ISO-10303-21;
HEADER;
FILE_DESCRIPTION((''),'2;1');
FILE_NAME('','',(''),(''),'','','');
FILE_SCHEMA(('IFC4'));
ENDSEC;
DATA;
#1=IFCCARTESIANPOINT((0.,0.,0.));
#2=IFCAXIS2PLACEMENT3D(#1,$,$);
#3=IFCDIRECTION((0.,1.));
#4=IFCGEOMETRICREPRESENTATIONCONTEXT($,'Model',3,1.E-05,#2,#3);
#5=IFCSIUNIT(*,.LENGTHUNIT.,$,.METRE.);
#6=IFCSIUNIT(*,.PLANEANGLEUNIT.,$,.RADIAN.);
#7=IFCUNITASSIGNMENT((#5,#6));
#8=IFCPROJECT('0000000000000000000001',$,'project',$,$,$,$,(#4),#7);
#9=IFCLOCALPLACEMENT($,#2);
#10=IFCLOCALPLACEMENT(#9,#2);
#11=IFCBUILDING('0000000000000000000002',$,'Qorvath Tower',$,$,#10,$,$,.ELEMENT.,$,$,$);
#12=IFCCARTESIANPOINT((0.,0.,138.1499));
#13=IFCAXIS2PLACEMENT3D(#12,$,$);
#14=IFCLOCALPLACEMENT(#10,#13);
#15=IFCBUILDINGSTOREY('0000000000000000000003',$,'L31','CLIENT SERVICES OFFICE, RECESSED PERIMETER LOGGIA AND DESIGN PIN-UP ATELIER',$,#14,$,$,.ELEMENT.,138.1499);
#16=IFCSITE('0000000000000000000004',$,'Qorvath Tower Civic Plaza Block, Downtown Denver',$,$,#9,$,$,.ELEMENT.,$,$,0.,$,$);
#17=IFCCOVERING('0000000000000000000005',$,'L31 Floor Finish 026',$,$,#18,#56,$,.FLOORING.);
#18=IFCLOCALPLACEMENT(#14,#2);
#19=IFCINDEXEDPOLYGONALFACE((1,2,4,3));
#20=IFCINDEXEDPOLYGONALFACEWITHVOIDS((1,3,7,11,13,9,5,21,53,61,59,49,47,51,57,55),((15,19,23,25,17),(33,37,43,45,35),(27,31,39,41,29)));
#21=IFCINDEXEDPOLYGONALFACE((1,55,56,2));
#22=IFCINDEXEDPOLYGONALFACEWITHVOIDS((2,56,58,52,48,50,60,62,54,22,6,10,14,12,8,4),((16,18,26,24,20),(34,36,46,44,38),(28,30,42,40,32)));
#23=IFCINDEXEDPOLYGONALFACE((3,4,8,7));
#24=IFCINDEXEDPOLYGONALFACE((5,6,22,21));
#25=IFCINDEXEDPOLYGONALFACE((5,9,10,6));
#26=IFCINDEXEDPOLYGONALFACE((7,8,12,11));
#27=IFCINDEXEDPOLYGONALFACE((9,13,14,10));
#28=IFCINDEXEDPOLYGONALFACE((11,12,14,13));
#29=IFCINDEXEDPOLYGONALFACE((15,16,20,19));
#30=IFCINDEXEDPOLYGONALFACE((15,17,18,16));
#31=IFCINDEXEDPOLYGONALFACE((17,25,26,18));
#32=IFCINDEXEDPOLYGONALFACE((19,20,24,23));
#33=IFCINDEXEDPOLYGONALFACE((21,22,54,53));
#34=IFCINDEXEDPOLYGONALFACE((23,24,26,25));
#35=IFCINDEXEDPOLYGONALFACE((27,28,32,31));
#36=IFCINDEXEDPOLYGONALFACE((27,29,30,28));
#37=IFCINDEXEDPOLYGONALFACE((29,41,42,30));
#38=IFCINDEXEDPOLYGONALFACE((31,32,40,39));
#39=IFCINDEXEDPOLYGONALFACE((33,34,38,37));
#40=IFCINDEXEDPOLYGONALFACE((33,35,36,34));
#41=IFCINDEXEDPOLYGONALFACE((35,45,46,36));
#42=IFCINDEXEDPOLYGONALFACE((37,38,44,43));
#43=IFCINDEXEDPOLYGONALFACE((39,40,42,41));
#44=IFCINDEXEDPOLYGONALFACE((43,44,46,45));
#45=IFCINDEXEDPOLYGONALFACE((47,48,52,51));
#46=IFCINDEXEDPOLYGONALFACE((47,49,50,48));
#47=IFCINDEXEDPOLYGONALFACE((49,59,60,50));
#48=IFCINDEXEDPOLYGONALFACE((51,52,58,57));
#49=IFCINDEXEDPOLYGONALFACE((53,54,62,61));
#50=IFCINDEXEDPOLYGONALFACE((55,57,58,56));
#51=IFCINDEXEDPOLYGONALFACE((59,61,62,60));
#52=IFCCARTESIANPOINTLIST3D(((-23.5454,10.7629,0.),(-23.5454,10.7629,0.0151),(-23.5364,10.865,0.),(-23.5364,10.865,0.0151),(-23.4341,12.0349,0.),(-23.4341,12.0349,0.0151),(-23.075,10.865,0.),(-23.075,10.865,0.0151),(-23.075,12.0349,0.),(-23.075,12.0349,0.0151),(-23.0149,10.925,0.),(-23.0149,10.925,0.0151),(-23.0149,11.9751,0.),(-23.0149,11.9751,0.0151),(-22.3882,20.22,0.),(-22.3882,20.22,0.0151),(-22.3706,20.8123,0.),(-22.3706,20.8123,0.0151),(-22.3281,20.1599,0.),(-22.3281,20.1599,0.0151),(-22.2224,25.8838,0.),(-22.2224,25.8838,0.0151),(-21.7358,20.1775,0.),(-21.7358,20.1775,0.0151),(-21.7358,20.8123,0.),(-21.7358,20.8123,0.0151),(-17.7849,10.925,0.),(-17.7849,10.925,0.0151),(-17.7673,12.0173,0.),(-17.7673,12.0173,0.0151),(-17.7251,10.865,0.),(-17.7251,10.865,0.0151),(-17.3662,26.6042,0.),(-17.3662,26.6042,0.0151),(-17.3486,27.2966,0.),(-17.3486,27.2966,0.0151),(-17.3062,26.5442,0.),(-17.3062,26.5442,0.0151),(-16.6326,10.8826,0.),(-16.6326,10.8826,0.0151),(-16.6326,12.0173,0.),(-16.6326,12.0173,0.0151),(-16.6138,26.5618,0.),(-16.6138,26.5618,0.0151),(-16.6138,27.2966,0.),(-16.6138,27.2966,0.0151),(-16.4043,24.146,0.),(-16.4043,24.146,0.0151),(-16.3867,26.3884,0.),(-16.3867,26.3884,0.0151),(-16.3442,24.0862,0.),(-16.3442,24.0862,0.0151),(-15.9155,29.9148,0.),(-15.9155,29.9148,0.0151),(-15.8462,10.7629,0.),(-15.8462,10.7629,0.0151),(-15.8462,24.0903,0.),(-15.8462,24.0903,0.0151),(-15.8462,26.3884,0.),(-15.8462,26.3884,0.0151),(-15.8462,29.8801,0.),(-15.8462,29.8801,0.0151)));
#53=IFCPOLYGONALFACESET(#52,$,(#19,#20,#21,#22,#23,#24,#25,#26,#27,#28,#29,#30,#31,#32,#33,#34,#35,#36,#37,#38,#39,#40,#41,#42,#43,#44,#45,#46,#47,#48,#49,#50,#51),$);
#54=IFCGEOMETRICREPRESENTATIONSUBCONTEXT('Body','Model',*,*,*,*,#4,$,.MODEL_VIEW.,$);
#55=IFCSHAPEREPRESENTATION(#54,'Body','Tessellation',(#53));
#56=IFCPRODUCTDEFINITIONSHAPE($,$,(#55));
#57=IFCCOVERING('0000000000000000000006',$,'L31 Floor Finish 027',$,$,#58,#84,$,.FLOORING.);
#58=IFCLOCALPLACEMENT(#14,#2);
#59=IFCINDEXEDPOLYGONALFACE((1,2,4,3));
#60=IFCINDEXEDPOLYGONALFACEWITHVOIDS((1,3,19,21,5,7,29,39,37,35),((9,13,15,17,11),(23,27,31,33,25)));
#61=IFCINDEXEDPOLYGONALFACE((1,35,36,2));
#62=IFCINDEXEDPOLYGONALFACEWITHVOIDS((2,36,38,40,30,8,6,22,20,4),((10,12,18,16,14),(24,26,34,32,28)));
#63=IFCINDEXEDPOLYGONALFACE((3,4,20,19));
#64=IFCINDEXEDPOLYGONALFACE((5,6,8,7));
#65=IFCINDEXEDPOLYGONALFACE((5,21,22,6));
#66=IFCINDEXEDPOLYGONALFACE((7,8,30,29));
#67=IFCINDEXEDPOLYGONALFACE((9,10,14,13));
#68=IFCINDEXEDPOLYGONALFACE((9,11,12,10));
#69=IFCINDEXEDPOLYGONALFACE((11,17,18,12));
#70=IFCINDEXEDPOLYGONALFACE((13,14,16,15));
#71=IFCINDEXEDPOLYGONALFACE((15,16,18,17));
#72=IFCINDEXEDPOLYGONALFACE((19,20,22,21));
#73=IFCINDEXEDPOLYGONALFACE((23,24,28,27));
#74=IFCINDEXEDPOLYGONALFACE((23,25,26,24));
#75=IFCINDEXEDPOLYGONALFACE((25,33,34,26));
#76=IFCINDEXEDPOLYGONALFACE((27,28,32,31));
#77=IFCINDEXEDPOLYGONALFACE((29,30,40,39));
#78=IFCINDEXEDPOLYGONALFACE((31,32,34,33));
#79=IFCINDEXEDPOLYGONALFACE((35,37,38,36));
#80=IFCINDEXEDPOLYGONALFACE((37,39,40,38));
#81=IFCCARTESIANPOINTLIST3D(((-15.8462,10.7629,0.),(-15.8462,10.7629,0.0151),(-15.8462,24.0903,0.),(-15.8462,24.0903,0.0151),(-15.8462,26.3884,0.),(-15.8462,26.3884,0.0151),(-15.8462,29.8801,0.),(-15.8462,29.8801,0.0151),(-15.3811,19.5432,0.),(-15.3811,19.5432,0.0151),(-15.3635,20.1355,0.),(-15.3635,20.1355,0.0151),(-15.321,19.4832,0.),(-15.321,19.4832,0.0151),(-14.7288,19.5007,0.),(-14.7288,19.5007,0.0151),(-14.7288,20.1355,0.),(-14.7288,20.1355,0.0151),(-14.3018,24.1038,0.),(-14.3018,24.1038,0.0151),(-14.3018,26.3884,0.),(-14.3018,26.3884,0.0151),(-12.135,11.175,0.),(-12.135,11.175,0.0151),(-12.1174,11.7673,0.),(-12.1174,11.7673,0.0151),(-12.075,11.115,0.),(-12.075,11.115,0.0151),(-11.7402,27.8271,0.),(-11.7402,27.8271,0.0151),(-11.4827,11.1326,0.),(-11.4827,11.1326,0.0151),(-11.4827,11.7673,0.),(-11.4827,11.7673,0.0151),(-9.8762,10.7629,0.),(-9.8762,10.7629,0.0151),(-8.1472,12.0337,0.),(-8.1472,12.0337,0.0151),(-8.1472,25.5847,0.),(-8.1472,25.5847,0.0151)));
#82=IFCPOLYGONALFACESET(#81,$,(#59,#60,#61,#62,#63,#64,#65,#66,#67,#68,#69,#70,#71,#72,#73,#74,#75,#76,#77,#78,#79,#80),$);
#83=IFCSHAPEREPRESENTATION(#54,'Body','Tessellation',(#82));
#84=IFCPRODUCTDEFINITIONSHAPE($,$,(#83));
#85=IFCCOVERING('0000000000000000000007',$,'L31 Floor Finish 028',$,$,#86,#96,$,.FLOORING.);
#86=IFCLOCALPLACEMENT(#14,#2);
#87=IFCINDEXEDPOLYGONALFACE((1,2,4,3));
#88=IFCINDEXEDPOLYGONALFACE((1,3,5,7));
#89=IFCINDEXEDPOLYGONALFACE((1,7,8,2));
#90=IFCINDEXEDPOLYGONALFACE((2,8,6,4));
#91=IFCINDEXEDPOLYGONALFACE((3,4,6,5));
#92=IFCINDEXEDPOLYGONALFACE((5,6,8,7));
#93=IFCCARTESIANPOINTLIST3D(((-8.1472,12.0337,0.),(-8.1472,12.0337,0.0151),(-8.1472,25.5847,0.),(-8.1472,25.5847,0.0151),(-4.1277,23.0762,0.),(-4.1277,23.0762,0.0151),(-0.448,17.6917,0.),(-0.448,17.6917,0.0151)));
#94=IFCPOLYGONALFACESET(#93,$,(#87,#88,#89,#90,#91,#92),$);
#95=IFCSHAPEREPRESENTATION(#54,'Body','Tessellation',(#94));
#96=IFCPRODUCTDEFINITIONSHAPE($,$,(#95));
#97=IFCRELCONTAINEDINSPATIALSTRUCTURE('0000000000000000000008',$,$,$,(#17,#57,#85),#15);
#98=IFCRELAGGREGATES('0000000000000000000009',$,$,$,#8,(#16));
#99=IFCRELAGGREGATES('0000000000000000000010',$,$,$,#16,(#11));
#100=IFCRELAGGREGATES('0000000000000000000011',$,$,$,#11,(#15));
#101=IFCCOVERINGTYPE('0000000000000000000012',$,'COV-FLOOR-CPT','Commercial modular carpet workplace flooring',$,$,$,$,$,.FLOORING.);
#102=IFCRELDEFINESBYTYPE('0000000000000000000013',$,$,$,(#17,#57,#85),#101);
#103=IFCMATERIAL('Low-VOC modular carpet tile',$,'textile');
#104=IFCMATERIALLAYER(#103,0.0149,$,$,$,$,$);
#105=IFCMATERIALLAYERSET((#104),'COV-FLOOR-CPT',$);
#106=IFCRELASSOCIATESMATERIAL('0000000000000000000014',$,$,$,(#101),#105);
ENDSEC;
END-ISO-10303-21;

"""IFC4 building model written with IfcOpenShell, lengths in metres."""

from ifc_helpers import new_model, si_unit, direction, frame, origin, place, context, subcontext, project, spatial, polyline, outline, extrude, material, layer, layer_set, type_object, element, save


model = new_model("IFC4")

# Units and contexts
model_context = context("Model", 3, precision=1e-05, world=origin(), true_north=direction((0.0, 1.0)))
body_context = subcontext(model_context, "Body", "Model", "MODEL_VIEW")
ifc_project = project(units=[si_unit("LENGTHUNIT", "METRE"), si_unit("PLANEANGLEUNIT", "RADIAN")], contexts=[model_context])

# Site, building, storey
site_placement = place(None, origin())
site = spatial("IfcSite", under=ifc_project, at=site_placement, Name="Qorvath Tower Civic Plaza Block, Downtown Denver", CompositionType="ELEMENT", RefElevation=0.0)
building_placement = place(site_placement, origin())
building = spatial("IfcBuilding", under=site, at=building_placement, Name="Qorvath Tower", CompositionType="ELEMENT")
storey_placement = place(building_placement, frame((0.0, 0.0, 138.1499)))
storey = spatial("IfcBuildingStorey", under=building, at=storey_placement, Name="L31", Description="CLIENT SERVICES OFFICE, RECESSED PERIMETER LOGGIA AND DESIGN PIN-UP ATELIER", CompositionType="ELEMENT", Elevation=138.1499)

# Coverings
ifc_material_1 = material(Name="Low-VOC modular carpet tile", Category="textile")
ifc_layer_1 = layer(ifc_material_1, 0.0149)
ifc_layer_set_1 = layer_set([ifc_layer_1], Name="COV-FLOOR-CPT")
covering_type_1 = type_object("IfcCoveringType", Name="COV-FLOOR-CPT", Description="Commercial modular carpet workplace flooring", PredefinedType="FLOORING", material=ifc_layer_set_1)
covering_1_placement = place(storey_placement, origin())
element("IfcCovering", 1, at=covering_1_placement, inside=storey, type_object=covering_type_1, Name="L31 Floor Finish 026", PredefinedType="FLOORING", context=body_context, shape_type="SweptSolid", body=[
    extrude(outline(polyline([(-15.9155, 29.9148), (-22.2224, 25.8838), (-23.4341, 12.0349), (-23.075, 12.0349), (-23.0149, 11.9751), (-23.0149, 10.925), (-23.075, 10.865), (-23.5364, 10.865), (-23.5454, 10.7629), (-15.8462, 10.7629), (-15.8462, 24.0903), (-16.3442, 24.0862), (-16.4043, 24.146), (-16.3867, 26.3884), (-15.8462, 26.3884), (-15.8462, 29.8801), (-15.9155, 29.9148)]), holes=[polyline([(-17.3662, 26.6042), (-17.3486, 27.2966), (-16.6138, 27.2966), (-16.6138, 26.5618), (-17.3062, 26.5442), (-17.3662, 26.6042)]), polyline([(-17.7849, 10.925), (-17.7673, 12.0173), (-16.6326, 12.0173), (-16.6326, 10.8826), (-17.7251, 10.865), (-17.7849, 10.925)]), polyline([(-22.3882, 20.22), (-22.3706, 20.8123), (-21.7358, 20.8123), (-21.7358, 20.1775), (-22.3281, 20.1599), (-22.3882, 20.22)])]), origin(), (0.0, 0.0, 1.0), 0.0151),
])
covering_2_placement = place(storey_placement, origin())
element("IfcCovering", 2, at=covering_2_placement, inside=storey, type_object=covering_type_1, Name="L31 Floor Finish 027", PredefinedType="FLOORING", context=body_context, shape_type="SweptSolid", body=[
    extrude(outline(polyline([(-15.8462, 29.8801), (-15.8462, 26.3884), (-14.3018, 26.3884), (-14.3018, 24.1038), (-15.8462, 24.0903), (-15.8462, 10.7629), (-9.8762, 10.7629), (-8.1472, 12.0337), (-8.1472, 25.5847), (-11.7402, 27.8271), (-15.8462, 29.8801)]), holes=[polyline([(-12.135, 11.175), (-12.1174, 11.7673), (-11.4827, 11.7673), (-11.4827, 11.1326), (-12.075, 11.115), (-12.135, 11.175)]), polyline([(-15.3811, 19.5432), (-15.3635, 20.1355), (-14.7288, 20.1355), (-14.7288, 19.5007), (-15.321, 19.4832), (-15.3811, 19.5432)])]), origin(), (0.0, 0.0, 1.0), 0.0151),
])
covering_3_placement = place(storey_placement, origin())
element("IfcCovering", 3, at=covering_3_placement, inside=storey, type_object=covering_type_1, Name="L31 Floor Finish 028", PredefinedType="FLOORING", context=body_context, shape_type="SweptSolid", body=[
    extrude(outline(polyline([(-8.1472, 25.5847), (-8.1472, 12.0337), (-0.448, 17.6917), (-4.1277, 23.0762), (-8.1472, 25.5847)])), origin(), (0.0, 0.0, 1.0), 0.0151),
])

save(model, "model.ifc")
